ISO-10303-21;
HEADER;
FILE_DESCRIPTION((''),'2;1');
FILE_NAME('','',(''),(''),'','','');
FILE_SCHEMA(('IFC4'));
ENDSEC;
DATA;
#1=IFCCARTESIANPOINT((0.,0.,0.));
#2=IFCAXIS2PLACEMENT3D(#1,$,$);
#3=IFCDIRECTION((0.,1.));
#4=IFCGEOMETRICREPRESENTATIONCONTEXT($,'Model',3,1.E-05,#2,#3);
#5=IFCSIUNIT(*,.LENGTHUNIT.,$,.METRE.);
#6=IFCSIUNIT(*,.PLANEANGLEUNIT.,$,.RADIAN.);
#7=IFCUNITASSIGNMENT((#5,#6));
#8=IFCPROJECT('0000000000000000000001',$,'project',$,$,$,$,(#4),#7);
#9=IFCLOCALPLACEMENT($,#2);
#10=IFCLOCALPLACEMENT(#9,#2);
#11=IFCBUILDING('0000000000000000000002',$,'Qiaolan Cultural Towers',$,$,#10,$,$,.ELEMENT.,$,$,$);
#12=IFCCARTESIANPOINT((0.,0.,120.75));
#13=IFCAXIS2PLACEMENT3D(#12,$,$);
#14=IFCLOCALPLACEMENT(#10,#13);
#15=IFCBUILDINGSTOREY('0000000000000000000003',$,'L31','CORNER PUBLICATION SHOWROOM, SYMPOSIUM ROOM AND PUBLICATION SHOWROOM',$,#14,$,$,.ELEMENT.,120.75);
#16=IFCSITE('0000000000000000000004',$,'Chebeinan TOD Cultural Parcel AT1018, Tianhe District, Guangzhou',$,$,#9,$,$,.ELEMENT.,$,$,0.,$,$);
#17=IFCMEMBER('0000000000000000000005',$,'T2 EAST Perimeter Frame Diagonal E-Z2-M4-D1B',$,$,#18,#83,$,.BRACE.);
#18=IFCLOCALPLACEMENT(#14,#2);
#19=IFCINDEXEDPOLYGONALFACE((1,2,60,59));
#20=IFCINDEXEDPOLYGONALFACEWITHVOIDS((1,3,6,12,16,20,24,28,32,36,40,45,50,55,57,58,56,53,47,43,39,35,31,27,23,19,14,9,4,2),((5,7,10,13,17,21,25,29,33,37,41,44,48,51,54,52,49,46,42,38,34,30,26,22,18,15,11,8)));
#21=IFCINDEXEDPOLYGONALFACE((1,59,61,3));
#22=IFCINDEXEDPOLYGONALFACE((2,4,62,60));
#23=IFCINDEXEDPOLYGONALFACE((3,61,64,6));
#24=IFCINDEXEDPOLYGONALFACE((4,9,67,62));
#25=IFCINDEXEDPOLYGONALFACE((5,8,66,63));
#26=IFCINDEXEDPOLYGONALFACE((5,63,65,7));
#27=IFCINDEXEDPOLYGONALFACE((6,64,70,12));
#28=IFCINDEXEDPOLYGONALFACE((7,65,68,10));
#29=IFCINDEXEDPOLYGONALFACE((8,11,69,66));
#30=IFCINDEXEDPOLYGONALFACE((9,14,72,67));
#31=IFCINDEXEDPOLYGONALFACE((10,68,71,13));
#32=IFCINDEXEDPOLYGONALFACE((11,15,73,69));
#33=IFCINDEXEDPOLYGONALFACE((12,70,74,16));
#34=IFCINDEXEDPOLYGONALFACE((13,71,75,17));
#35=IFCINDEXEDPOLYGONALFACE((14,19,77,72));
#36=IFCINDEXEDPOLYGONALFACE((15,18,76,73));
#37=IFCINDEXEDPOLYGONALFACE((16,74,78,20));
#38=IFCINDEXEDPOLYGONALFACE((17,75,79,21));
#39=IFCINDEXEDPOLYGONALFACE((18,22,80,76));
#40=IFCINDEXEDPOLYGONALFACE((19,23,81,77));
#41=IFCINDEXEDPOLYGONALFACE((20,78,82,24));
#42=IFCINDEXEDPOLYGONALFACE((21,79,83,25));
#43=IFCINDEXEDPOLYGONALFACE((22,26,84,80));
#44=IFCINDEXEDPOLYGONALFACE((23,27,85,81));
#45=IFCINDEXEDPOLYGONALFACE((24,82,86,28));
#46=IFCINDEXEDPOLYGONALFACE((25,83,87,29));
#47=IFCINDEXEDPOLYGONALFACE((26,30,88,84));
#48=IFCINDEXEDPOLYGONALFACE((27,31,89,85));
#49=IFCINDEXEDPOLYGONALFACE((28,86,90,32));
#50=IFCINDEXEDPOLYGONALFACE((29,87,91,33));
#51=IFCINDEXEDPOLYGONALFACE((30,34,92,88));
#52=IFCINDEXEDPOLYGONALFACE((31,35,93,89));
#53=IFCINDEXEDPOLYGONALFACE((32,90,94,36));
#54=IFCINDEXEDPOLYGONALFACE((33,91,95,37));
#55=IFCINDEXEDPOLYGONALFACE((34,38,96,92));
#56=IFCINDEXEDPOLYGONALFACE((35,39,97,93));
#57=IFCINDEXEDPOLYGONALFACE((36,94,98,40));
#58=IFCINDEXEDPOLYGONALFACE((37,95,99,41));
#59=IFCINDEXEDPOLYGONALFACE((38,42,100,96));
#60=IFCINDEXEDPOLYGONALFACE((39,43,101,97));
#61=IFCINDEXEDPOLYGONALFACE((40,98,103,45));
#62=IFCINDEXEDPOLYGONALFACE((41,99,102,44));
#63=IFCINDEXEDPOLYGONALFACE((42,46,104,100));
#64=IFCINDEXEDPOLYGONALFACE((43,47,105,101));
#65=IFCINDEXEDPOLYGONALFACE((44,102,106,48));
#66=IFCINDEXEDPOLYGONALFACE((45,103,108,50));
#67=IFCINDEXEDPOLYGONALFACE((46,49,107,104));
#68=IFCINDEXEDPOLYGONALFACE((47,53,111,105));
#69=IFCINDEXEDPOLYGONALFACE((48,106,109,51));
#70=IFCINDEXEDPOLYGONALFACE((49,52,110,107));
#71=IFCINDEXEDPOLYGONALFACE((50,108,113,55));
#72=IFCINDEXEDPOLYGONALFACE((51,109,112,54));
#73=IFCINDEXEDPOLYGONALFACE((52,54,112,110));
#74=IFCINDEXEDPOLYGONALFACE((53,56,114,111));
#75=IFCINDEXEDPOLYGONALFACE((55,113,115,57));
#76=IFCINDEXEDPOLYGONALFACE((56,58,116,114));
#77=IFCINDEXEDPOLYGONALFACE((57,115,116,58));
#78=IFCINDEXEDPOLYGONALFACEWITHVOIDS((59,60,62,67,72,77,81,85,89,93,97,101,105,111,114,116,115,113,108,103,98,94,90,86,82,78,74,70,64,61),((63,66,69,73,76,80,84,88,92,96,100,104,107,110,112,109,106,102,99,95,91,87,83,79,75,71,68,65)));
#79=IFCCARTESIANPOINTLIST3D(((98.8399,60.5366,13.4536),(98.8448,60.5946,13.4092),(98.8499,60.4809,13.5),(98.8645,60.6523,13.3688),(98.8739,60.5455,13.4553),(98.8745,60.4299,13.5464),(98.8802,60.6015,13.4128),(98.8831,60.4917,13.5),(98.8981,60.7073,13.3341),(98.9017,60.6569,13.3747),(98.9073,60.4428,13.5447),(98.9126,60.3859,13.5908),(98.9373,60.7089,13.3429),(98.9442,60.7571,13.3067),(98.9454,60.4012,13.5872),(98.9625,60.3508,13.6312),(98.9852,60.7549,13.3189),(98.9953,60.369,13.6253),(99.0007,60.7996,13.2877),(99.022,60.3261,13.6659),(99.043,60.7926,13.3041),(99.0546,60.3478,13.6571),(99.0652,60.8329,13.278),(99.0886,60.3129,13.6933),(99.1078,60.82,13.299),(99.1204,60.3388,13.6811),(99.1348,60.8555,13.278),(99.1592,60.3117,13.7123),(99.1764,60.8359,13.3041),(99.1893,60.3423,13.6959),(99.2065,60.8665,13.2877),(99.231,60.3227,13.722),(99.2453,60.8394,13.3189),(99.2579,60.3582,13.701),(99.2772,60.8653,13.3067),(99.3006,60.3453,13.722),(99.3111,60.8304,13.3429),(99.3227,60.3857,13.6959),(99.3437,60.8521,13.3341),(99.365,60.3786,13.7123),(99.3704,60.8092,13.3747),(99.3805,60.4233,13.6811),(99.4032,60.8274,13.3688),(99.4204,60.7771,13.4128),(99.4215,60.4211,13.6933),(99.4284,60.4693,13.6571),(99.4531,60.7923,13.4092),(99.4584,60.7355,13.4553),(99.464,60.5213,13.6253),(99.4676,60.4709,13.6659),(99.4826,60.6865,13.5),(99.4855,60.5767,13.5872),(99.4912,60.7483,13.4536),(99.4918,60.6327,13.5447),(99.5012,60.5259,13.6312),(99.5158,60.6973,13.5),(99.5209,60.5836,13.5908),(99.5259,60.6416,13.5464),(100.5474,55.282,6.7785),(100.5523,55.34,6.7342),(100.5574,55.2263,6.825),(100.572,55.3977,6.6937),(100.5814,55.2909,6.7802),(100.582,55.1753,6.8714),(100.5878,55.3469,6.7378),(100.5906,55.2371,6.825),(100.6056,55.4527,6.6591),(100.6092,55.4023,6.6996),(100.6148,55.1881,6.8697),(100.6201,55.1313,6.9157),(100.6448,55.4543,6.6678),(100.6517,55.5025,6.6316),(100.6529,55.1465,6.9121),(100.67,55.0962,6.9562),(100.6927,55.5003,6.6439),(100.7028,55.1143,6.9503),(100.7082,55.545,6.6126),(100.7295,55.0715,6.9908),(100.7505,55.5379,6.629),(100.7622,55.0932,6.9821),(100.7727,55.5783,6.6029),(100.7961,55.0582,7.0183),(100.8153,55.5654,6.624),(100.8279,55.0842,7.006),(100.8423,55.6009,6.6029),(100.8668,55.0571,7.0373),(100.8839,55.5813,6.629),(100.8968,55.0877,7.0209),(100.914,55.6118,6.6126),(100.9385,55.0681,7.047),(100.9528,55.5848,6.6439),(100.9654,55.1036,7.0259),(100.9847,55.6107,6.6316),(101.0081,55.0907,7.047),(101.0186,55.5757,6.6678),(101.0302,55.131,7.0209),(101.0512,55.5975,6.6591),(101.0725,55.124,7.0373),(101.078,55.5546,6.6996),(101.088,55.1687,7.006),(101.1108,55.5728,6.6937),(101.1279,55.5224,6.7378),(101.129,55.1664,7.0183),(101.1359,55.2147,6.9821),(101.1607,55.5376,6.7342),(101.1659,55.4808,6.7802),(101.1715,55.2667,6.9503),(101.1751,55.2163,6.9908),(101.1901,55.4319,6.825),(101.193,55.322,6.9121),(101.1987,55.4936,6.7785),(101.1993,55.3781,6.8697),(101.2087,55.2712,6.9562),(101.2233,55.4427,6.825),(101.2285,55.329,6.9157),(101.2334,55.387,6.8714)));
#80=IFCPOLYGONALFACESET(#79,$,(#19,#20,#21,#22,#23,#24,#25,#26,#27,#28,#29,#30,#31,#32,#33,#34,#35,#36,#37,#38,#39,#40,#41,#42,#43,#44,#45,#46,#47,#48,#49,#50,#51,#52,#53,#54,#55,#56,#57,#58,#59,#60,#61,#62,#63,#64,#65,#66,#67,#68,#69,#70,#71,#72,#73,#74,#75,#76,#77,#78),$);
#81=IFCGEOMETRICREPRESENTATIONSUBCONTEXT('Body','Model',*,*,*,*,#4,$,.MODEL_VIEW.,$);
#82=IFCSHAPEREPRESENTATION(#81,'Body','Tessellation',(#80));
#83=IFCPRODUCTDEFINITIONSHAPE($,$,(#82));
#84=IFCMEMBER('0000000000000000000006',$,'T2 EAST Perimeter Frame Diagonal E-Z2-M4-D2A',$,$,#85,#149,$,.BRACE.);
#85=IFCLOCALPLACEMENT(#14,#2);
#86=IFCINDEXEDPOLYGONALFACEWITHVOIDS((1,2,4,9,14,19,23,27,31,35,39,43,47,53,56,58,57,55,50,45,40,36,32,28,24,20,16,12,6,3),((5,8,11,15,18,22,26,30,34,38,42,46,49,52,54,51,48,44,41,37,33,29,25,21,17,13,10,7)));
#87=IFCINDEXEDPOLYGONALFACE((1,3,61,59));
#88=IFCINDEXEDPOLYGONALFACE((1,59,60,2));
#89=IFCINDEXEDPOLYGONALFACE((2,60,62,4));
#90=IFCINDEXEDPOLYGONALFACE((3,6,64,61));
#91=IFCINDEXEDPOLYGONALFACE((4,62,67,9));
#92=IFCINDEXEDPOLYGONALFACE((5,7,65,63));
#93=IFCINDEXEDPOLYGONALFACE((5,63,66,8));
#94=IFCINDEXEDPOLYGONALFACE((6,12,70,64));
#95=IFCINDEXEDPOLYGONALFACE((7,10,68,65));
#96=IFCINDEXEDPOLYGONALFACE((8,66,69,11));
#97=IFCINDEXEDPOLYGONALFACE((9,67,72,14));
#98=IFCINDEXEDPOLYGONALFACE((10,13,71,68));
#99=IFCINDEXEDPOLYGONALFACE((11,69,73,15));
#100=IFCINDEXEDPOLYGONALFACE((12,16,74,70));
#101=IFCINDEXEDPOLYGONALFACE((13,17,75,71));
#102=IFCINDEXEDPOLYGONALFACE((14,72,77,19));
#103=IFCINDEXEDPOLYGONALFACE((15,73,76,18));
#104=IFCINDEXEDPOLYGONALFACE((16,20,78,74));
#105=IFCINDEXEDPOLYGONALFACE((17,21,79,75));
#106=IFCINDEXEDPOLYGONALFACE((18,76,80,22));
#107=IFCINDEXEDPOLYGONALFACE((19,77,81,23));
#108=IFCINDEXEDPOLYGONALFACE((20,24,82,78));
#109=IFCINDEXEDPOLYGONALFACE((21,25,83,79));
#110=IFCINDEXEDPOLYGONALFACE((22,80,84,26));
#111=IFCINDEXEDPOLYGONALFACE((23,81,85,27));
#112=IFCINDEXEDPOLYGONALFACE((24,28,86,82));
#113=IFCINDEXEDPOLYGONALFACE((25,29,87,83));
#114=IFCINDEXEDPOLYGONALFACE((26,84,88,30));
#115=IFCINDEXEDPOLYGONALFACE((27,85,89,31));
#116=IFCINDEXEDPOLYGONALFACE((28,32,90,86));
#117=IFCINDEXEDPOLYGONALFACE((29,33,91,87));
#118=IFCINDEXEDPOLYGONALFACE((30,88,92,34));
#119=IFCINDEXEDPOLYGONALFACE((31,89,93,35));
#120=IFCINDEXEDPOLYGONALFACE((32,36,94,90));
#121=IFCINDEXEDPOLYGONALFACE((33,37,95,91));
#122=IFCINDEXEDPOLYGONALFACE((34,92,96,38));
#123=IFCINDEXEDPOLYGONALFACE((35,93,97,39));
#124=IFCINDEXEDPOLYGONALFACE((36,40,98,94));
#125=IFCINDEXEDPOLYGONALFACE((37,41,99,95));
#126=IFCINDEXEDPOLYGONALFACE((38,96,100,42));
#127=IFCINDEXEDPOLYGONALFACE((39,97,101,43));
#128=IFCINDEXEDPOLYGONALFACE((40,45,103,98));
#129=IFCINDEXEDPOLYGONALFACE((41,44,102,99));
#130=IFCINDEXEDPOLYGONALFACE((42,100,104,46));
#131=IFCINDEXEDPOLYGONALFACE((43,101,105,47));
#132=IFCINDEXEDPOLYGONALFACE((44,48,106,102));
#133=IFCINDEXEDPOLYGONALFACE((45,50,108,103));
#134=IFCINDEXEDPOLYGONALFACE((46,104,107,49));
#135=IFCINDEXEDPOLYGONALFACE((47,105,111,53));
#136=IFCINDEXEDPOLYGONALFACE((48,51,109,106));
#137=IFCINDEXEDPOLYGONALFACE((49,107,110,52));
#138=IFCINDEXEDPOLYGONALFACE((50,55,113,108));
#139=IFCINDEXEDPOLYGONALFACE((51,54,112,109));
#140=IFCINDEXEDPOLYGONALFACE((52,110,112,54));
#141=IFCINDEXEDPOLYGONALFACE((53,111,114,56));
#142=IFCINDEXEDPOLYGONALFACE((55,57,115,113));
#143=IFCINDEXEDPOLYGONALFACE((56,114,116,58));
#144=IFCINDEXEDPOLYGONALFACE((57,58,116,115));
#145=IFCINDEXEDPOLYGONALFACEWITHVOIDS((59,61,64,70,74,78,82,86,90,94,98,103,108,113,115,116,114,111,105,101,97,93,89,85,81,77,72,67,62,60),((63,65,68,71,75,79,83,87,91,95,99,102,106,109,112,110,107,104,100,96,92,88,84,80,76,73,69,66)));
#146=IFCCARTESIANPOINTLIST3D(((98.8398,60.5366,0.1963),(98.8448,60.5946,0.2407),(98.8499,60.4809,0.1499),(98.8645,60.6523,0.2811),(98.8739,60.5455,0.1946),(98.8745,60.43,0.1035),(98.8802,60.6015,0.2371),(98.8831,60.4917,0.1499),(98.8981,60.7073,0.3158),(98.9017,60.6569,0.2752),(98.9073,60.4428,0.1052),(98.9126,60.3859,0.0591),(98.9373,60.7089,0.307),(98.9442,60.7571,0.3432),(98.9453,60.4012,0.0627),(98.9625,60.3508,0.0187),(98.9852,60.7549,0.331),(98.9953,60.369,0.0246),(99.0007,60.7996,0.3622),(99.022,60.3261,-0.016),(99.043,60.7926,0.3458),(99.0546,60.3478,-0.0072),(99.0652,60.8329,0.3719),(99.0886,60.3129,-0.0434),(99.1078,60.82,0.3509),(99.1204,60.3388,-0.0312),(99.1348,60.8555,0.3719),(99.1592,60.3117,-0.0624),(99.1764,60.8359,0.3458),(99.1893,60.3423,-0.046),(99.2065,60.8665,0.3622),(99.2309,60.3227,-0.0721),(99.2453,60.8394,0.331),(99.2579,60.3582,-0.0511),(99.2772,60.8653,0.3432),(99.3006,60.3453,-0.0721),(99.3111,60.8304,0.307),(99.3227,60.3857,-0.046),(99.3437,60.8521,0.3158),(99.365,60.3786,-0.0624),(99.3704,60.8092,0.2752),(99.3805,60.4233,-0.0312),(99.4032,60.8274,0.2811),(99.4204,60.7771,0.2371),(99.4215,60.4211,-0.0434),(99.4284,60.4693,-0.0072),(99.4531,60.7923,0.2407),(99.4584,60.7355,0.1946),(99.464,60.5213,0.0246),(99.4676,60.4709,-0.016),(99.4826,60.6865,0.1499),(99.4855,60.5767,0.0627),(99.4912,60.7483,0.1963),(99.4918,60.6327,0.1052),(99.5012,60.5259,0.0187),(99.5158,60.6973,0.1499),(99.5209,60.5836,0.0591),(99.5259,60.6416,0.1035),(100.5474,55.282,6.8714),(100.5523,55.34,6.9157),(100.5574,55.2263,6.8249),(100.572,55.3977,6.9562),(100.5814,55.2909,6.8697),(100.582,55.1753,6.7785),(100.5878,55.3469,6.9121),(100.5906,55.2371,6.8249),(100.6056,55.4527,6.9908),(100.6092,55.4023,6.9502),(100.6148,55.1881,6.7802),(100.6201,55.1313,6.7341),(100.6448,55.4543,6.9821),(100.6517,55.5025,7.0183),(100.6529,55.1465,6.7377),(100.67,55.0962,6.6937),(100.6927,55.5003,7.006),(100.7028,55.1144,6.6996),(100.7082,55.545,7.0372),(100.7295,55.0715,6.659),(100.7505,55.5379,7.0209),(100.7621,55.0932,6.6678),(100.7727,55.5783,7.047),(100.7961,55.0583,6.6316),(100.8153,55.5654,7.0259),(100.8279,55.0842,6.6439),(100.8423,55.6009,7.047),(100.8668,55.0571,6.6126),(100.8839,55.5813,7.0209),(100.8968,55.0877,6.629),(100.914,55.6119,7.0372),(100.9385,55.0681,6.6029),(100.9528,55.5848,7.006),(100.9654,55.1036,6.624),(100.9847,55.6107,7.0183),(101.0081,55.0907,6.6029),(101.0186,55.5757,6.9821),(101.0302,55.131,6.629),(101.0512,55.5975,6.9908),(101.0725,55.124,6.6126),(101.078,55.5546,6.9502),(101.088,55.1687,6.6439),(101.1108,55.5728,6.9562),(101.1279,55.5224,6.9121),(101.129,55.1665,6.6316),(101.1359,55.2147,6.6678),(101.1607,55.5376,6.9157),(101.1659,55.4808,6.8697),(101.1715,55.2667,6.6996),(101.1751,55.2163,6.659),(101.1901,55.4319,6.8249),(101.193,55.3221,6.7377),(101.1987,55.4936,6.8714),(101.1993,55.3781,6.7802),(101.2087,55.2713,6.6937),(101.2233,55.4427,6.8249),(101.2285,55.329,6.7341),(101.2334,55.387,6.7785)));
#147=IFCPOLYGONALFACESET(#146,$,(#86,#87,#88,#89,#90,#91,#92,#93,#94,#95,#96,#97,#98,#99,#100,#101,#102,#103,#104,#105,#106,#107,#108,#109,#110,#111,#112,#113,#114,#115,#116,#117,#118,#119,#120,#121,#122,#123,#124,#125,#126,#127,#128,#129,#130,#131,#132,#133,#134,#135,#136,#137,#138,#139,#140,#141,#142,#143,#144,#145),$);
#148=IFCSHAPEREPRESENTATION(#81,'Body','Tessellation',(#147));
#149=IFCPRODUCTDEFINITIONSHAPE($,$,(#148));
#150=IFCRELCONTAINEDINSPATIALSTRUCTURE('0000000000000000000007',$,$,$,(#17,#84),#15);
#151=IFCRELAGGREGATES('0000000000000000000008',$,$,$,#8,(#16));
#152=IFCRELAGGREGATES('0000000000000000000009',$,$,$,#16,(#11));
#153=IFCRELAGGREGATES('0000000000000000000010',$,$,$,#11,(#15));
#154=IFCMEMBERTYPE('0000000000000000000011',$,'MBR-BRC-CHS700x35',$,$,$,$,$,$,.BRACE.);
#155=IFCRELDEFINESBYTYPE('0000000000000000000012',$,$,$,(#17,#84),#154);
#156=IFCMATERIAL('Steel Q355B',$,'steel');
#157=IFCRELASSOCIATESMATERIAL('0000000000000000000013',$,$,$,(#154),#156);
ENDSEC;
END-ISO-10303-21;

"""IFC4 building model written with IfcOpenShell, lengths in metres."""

from ifc_helpers import new_model, si_unit, direction, frame, origin, origin_2d, place, context, subcontext, project, spatial, hollow_circle, extrude, material, material_profile, profile_set, type_object, element, save


model = new_model("IFC4")

# Units and contexts
model_context = context("Model", 3, precision=1e-05, world=origin(), true_north=direction((0.0, 1.0)))
body_context = subcontext(model_context, "Body", "Model", "MODEL_VIEW")
ifc_project = project(units=[si_unit("LENGTHUNIT", "METRE"), si_unit("PLANEANGLEUNIT", "RADIAN")], contexts=[model_context])

# Site, building, storey
site_placement = place(None, origin())
site = spatial("IfcSite", under=ifc_project, at=site_placement, Name="Chebeinan TOD Cultural Parcel AT1018, Tianhe District, Guangzhou", CompositionType="ELEMENT", RefElevation=0.0)
building_placement = place(site_placement, origin())
building = spatial("IfcBuilding", under=site, at=building_placement, Name="Qiaolan Cultural Towers", CompositionType="ELEMENT")
storey_placement = place(building_placement, frame((0.0, 0.0, 120.75)))
storey = spatial("IfcBuildingStorey", under=building, at=storey_placement, Name="L31", Description="CORNER PUBLICATION SHOWROOM, SYMPOSIUM ROOM AND PUBLICATION SHOWROOM", CompositionType="ELEMENT", Elevation=120.75)

# Members
ifc_material_1 = material(Name="Steel Q355B", Category="steel")
ifc_material_profile_1 = material_profile(ifc_material_1, hollow_circle(Radius=0.3501, WallThickness=0.0349, at=origin_2d()), Name="CHS700x35")
ifc_profile_set_1 = profile_set([ifc_material_profile_1], Name="Steel Q355B")
member_type = type_object("IfcMemberType", Name="MBR-BRC-CHS700x35", PredefinedType="BRACE", material=ifc_profile_set_1)
for number, where, z_axis, x_axis, name in (
    (1, (100.8904, 55.3345, 6.825), (-0.197058, 0.606417, 0.770341), (-0.951047, -0.309047, 0.0), "T2 EAST Perimeter Frame Diagonal E-Z2-M4-D1B"),
    (2, (99.1829, 60.5891, 0.1499), (0.197058, -0.606417, 0.770341), (0.951047, 0.309047, 0.0), "T2 EAST Perimeter Frame Diagonal E-Z2-M4-D2A"),
):
    element("IfcMember", number, at=place(storey_placement, frame(where, z_axis=z_axis, x_axis=x_axis)), inside=storey, type_object=member_type, Name=name, PredefinedType="BRACE", context=body_context, shape_type="SweptSolid", body=[
        extrude(hollow_circle(Radius=0.3501, WallThickness=0.0349, at=origin_2d()), origin(), (0.0, 0.0, 1.0), 8.665),
    ])

save(model, "model.ifc")
